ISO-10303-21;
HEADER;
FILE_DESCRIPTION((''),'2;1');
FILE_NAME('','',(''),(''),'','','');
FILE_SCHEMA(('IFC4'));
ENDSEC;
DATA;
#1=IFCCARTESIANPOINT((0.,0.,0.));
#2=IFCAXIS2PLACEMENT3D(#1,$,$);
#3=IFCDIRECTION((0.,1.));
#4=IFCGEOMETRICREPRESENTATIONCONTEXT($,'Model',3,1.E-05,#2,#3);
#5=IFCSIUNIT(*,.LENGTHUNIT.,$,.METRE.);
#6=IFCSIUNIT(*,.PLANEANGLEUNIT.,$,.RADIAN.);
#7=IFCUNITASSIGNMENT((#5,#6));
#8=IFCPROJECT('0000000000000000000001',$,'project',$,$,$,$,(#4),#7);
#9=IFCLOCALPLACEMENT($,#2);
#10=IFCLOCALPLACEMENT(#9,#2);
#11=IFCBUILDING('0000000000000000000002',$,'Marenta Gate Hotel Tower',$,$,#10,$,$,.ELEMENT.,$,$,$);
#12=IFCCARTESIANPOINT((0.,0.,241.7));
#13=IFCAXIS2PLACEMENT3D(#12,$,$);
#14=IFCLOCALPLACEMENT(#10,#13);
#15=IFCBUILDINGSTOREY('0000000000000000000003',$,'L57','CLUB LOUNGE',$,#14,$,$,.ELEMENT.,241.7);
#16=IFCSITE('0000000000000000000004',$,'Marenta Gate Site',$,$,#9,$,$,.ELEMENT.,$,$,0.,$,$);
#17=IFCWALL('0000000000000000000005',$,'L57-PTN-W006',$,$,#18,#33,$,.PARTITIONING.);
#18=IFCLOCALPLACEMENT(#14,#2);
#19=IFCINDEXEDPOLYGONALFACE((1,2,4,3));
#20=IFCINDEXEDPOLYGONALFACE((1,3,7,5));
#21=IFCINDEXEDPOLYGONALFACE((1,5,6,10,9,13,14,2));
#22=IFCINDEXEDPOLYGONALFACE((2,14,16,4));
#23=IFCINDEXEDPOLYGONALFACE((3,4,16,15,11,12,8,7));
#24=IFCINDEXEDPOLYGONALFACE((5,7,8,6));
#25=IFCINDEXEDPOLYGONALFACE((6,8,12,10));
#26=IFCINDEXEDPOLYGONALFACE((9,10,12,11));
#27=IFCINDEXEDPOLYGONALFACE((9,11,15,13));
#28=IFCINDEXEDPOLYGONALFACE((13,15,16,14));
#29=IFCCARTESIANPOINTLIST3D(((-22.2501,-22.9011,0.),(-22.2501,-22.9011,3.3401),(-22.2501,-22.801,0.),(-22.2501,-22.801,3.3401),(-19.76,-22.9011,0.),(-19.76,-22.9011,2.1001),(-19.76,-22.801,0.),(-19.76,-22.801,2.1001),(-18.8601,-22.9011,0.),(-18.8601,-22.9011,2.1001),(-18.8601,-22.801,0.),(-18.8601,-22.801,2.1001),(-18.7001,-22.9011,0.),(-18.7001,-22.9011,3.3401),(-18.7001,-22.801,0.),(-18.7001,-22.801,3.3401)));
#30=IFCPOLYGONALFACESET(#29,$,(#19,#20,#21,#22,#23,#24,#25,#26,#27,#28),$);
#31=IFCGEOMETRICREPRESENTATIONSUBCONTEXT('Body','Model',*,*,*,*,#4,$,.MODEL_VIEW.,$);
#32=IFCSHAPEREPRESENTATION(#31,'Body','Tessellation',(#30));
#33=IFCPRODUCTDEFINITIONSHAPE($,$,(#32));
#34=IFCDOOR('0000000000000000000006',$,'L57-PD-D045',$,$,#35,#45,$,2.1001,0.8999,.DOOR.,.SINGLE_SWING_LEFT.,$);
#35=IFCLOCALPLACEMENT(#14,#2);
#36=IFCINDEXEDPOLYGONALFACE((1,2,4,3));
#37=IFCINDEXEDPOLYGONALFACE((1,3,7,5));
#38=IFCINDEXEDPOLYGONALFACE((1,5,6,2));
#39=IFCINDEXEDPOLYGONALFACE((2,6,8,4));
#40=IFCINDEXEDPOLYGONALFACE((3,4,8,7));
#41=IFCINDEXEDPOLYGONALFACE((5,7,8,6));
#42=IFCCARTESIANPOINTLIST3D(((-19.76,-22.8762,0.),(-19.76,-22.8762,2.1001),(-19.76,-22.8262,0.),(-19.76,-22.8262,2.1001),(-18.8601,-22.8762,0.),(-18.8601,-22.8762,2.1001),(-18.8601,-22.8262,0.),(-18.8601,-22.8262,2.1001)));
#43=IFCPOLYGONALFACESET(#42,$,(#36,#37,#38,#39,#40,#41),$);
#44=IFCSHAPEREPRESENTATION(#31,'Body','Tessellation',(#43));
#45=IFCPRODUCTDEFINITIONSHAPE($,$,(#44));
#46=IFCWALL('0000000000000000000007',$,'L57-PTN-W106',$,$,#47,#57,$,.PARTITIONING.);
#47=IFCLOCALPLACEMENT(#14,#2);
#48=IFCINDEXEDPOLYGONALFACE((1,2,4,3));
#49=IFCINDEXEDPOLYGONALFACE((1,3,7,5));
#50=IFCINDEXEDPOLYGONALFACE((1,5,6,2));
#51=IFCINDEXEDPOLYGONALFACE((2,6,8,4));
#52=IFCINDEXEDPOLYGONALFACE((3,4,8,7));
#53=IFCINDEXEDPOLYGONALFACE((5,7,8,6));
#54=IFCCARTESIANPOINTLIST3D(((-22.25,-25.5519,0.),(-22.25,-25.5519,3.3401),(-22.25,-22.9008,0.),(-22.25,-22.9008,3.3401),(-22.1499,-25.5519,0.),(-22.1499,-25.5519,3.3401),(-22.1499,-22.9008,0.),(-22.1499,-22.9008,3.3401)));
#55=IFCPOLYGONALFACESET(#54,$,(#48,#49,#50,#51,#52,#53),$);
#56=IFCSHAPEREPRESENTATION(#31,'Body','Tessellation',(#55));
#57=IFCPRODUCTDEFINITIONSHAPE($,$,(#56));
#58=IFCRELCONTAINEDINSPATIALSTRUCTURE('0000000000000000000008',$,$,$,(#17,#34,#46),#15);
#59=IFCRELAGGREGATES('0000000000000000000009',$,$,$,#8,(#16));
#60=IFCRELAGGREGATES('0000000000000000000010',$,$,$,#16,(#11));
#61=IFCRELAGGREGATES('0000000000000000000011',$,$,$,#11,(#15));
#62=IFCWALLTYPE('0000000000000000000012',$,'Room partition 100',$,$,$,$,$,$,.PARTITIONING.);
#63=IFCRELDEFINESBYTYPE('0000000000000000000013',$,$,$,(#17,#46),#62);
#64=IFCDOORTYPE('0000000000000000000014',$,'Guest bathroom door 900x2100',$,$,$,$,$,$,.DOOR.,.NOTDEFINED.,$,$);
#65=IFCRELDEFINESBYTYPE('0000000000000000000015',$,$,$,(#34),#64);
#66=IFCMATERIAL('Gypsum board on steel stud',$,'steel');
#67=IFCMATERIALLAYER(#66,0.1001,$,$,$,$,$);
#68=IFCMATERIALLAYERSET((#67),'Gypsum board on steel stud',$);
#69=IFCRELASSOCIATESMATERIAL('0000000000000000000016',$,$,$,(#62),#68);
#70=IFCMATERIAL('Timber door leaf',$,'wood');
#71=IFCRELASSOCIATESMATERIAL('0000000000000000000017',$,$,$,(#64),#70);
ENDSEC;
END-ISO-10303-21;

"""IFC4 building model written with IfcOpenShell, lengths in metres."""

from ifc_helpers import new_model, si_unit, direction, frame, frame_2d, origin, place, context, subcontext, project, spatial, rectangle, extrude, material, layer, layer_set, type_object, element, fill, save


model = new_model("IFC4")

# Units and contexts
model_context = context("Model", 3, precision=1e-05, world=origin(), true_north=direction((0.0, 1.0)))
body_context = subcontext(model_context, "Body", "Model", "MODEL_VIEW")
ifc_project = project(units=[si_unit("LENGTHUNIT", "METRE"), si_unit("PLANEANGLEUNIT", "RADIAN")], contexts=[model_context])

# Site, building, storey
site_placement = place(None, origin())
site = spatial("IfcSite", under=ifc_project, at=site_placement, Name="Marenta Gate Site", CompositionType="ELEMENT", RefElevation=0.0)
building_placement = place(site_placement, origin())
building = spatial("IfcBuilding", under=site, at=building_placement, Name="Marenta Gate Hotel Tower", CompositionType="ELEMENT")
storey_placement = place(building_placement, frame((0.0, 0.0, 241.7)))
storey = spatial("IfcBuildingStorey", under=building, at=storey_placement, Name="L57", Description="CLUB LOUNGE", CompositionType="ELEMENT", Elevation=241.7)

# Wall, opening, door
ifc_material_1 = material(Name="Gypsum board on steel stud", Category="steel")
ifc_layer_1 = layer(ifc_material_1, 0.1001)
ifc_layer_set_1 = layer_set([ifc_layer_1], Name="Gypsum board on steel stud")
wall_type_1 = type_object("IfcWallType", Name="Room partition 100", PredefinedType="PARTITIONING", material=ifc_layer_set_1)
wall_1_placement = place(storey_placement, frame((-22.25, -22.8511, 0.0), z_axis=(0.0, 0.0, 1.0), x_axis=(1.0, 0.0, 0.0)))
wall_1 = element("IfcWall", 1, at=wall_1_placement, inside=storey, type_object=wall_type_1, Name="L57-PTN-W006", PredefinedType="PARTITIONING", context=body_context, shape_type="SweptSolid", body=[
    extrude(rectangle(XDim=3.55, YDim=0.1001, at=frame_2d((1.7749, 0.0))), origin(), (0.0, 0.0, 1.0), 3.3401),
])
opening_1_placement = place(wall_1_placement, frame((2.49, 0.0, 0.0)))
opening_1 = element("IfcOpeningElement", 2, at=opening_1_placement, cuts=wall_1, PredefinedType="OPENING", context=body_context, shape_type="SweptSolid", body=[
    extrude(rectangle(XDim=0.8999, YDim=2.1001, at=frame_2d((0.45, 1.05))), frame((0.0, 0.05, 0.0), z_axis=(0.0, -1.0, 0.0), x_axis=(1.0, 0.0, 0.0)), (0.0, 0.0, 1.0), 0.1001),
])
ifc_material_2 = material(Name="Timber door leaf", Category="wood")
door_type_1 = type_object("IfcDoorType", Name="Guest bathroom door 900x2100", OperationType="NOTDEFINED", PredefinedType="DOOR", material=ifc_material_2)
door_1_placement = place(opening_1_placement, origin())
door_1 = element("IfcDoor", 3, at=door_1_placement, inside=storey, type_object=door_type_1, Name="L57-PD-D045", OperationType="SINGLE_SWING_LEFT", OverallHeight=2.1001, OverallWidth=0.8999, PredefinedType="DOOR", context=body_context, shape_type="SweptSolid", body=[
    extrude(rectangle(XDim=0.8999, YDim=2.1001, at=frame_2d((0.45, 1.05))), frame((0.0, 0.0249, 0.0), z_axis=(0.0, -1.0, 0.0), x_axis=(1.0, 0.0, 0.0)), (0.0, 0.0, 1.0), 0.05),
])
fill(opening_1, door_1)

# Wall
wall_2_placement = place(storey_placement, frame((-22.2, -25.552, 0.0), z_axis=(0.0, 0.0, 1.0), x_axis=(0.0, 1.0, 0.0)))
element("IfcWall", 4, at=wall_2_placement, inside=storey, type_object=wall_type_1, Name="L57-PTN-W106", PredefinedType="PARTITIONING", context=body_context, shape_type="SweptSolid", body=[
    extrude(rectangle(XDim=2.6511, YDim=0.1001, at=frame_2d((1.3257, 0.0))), origin(), (0.0, 0.0, 1.0), 3.3401),
])

save(model, "model.ifc")
